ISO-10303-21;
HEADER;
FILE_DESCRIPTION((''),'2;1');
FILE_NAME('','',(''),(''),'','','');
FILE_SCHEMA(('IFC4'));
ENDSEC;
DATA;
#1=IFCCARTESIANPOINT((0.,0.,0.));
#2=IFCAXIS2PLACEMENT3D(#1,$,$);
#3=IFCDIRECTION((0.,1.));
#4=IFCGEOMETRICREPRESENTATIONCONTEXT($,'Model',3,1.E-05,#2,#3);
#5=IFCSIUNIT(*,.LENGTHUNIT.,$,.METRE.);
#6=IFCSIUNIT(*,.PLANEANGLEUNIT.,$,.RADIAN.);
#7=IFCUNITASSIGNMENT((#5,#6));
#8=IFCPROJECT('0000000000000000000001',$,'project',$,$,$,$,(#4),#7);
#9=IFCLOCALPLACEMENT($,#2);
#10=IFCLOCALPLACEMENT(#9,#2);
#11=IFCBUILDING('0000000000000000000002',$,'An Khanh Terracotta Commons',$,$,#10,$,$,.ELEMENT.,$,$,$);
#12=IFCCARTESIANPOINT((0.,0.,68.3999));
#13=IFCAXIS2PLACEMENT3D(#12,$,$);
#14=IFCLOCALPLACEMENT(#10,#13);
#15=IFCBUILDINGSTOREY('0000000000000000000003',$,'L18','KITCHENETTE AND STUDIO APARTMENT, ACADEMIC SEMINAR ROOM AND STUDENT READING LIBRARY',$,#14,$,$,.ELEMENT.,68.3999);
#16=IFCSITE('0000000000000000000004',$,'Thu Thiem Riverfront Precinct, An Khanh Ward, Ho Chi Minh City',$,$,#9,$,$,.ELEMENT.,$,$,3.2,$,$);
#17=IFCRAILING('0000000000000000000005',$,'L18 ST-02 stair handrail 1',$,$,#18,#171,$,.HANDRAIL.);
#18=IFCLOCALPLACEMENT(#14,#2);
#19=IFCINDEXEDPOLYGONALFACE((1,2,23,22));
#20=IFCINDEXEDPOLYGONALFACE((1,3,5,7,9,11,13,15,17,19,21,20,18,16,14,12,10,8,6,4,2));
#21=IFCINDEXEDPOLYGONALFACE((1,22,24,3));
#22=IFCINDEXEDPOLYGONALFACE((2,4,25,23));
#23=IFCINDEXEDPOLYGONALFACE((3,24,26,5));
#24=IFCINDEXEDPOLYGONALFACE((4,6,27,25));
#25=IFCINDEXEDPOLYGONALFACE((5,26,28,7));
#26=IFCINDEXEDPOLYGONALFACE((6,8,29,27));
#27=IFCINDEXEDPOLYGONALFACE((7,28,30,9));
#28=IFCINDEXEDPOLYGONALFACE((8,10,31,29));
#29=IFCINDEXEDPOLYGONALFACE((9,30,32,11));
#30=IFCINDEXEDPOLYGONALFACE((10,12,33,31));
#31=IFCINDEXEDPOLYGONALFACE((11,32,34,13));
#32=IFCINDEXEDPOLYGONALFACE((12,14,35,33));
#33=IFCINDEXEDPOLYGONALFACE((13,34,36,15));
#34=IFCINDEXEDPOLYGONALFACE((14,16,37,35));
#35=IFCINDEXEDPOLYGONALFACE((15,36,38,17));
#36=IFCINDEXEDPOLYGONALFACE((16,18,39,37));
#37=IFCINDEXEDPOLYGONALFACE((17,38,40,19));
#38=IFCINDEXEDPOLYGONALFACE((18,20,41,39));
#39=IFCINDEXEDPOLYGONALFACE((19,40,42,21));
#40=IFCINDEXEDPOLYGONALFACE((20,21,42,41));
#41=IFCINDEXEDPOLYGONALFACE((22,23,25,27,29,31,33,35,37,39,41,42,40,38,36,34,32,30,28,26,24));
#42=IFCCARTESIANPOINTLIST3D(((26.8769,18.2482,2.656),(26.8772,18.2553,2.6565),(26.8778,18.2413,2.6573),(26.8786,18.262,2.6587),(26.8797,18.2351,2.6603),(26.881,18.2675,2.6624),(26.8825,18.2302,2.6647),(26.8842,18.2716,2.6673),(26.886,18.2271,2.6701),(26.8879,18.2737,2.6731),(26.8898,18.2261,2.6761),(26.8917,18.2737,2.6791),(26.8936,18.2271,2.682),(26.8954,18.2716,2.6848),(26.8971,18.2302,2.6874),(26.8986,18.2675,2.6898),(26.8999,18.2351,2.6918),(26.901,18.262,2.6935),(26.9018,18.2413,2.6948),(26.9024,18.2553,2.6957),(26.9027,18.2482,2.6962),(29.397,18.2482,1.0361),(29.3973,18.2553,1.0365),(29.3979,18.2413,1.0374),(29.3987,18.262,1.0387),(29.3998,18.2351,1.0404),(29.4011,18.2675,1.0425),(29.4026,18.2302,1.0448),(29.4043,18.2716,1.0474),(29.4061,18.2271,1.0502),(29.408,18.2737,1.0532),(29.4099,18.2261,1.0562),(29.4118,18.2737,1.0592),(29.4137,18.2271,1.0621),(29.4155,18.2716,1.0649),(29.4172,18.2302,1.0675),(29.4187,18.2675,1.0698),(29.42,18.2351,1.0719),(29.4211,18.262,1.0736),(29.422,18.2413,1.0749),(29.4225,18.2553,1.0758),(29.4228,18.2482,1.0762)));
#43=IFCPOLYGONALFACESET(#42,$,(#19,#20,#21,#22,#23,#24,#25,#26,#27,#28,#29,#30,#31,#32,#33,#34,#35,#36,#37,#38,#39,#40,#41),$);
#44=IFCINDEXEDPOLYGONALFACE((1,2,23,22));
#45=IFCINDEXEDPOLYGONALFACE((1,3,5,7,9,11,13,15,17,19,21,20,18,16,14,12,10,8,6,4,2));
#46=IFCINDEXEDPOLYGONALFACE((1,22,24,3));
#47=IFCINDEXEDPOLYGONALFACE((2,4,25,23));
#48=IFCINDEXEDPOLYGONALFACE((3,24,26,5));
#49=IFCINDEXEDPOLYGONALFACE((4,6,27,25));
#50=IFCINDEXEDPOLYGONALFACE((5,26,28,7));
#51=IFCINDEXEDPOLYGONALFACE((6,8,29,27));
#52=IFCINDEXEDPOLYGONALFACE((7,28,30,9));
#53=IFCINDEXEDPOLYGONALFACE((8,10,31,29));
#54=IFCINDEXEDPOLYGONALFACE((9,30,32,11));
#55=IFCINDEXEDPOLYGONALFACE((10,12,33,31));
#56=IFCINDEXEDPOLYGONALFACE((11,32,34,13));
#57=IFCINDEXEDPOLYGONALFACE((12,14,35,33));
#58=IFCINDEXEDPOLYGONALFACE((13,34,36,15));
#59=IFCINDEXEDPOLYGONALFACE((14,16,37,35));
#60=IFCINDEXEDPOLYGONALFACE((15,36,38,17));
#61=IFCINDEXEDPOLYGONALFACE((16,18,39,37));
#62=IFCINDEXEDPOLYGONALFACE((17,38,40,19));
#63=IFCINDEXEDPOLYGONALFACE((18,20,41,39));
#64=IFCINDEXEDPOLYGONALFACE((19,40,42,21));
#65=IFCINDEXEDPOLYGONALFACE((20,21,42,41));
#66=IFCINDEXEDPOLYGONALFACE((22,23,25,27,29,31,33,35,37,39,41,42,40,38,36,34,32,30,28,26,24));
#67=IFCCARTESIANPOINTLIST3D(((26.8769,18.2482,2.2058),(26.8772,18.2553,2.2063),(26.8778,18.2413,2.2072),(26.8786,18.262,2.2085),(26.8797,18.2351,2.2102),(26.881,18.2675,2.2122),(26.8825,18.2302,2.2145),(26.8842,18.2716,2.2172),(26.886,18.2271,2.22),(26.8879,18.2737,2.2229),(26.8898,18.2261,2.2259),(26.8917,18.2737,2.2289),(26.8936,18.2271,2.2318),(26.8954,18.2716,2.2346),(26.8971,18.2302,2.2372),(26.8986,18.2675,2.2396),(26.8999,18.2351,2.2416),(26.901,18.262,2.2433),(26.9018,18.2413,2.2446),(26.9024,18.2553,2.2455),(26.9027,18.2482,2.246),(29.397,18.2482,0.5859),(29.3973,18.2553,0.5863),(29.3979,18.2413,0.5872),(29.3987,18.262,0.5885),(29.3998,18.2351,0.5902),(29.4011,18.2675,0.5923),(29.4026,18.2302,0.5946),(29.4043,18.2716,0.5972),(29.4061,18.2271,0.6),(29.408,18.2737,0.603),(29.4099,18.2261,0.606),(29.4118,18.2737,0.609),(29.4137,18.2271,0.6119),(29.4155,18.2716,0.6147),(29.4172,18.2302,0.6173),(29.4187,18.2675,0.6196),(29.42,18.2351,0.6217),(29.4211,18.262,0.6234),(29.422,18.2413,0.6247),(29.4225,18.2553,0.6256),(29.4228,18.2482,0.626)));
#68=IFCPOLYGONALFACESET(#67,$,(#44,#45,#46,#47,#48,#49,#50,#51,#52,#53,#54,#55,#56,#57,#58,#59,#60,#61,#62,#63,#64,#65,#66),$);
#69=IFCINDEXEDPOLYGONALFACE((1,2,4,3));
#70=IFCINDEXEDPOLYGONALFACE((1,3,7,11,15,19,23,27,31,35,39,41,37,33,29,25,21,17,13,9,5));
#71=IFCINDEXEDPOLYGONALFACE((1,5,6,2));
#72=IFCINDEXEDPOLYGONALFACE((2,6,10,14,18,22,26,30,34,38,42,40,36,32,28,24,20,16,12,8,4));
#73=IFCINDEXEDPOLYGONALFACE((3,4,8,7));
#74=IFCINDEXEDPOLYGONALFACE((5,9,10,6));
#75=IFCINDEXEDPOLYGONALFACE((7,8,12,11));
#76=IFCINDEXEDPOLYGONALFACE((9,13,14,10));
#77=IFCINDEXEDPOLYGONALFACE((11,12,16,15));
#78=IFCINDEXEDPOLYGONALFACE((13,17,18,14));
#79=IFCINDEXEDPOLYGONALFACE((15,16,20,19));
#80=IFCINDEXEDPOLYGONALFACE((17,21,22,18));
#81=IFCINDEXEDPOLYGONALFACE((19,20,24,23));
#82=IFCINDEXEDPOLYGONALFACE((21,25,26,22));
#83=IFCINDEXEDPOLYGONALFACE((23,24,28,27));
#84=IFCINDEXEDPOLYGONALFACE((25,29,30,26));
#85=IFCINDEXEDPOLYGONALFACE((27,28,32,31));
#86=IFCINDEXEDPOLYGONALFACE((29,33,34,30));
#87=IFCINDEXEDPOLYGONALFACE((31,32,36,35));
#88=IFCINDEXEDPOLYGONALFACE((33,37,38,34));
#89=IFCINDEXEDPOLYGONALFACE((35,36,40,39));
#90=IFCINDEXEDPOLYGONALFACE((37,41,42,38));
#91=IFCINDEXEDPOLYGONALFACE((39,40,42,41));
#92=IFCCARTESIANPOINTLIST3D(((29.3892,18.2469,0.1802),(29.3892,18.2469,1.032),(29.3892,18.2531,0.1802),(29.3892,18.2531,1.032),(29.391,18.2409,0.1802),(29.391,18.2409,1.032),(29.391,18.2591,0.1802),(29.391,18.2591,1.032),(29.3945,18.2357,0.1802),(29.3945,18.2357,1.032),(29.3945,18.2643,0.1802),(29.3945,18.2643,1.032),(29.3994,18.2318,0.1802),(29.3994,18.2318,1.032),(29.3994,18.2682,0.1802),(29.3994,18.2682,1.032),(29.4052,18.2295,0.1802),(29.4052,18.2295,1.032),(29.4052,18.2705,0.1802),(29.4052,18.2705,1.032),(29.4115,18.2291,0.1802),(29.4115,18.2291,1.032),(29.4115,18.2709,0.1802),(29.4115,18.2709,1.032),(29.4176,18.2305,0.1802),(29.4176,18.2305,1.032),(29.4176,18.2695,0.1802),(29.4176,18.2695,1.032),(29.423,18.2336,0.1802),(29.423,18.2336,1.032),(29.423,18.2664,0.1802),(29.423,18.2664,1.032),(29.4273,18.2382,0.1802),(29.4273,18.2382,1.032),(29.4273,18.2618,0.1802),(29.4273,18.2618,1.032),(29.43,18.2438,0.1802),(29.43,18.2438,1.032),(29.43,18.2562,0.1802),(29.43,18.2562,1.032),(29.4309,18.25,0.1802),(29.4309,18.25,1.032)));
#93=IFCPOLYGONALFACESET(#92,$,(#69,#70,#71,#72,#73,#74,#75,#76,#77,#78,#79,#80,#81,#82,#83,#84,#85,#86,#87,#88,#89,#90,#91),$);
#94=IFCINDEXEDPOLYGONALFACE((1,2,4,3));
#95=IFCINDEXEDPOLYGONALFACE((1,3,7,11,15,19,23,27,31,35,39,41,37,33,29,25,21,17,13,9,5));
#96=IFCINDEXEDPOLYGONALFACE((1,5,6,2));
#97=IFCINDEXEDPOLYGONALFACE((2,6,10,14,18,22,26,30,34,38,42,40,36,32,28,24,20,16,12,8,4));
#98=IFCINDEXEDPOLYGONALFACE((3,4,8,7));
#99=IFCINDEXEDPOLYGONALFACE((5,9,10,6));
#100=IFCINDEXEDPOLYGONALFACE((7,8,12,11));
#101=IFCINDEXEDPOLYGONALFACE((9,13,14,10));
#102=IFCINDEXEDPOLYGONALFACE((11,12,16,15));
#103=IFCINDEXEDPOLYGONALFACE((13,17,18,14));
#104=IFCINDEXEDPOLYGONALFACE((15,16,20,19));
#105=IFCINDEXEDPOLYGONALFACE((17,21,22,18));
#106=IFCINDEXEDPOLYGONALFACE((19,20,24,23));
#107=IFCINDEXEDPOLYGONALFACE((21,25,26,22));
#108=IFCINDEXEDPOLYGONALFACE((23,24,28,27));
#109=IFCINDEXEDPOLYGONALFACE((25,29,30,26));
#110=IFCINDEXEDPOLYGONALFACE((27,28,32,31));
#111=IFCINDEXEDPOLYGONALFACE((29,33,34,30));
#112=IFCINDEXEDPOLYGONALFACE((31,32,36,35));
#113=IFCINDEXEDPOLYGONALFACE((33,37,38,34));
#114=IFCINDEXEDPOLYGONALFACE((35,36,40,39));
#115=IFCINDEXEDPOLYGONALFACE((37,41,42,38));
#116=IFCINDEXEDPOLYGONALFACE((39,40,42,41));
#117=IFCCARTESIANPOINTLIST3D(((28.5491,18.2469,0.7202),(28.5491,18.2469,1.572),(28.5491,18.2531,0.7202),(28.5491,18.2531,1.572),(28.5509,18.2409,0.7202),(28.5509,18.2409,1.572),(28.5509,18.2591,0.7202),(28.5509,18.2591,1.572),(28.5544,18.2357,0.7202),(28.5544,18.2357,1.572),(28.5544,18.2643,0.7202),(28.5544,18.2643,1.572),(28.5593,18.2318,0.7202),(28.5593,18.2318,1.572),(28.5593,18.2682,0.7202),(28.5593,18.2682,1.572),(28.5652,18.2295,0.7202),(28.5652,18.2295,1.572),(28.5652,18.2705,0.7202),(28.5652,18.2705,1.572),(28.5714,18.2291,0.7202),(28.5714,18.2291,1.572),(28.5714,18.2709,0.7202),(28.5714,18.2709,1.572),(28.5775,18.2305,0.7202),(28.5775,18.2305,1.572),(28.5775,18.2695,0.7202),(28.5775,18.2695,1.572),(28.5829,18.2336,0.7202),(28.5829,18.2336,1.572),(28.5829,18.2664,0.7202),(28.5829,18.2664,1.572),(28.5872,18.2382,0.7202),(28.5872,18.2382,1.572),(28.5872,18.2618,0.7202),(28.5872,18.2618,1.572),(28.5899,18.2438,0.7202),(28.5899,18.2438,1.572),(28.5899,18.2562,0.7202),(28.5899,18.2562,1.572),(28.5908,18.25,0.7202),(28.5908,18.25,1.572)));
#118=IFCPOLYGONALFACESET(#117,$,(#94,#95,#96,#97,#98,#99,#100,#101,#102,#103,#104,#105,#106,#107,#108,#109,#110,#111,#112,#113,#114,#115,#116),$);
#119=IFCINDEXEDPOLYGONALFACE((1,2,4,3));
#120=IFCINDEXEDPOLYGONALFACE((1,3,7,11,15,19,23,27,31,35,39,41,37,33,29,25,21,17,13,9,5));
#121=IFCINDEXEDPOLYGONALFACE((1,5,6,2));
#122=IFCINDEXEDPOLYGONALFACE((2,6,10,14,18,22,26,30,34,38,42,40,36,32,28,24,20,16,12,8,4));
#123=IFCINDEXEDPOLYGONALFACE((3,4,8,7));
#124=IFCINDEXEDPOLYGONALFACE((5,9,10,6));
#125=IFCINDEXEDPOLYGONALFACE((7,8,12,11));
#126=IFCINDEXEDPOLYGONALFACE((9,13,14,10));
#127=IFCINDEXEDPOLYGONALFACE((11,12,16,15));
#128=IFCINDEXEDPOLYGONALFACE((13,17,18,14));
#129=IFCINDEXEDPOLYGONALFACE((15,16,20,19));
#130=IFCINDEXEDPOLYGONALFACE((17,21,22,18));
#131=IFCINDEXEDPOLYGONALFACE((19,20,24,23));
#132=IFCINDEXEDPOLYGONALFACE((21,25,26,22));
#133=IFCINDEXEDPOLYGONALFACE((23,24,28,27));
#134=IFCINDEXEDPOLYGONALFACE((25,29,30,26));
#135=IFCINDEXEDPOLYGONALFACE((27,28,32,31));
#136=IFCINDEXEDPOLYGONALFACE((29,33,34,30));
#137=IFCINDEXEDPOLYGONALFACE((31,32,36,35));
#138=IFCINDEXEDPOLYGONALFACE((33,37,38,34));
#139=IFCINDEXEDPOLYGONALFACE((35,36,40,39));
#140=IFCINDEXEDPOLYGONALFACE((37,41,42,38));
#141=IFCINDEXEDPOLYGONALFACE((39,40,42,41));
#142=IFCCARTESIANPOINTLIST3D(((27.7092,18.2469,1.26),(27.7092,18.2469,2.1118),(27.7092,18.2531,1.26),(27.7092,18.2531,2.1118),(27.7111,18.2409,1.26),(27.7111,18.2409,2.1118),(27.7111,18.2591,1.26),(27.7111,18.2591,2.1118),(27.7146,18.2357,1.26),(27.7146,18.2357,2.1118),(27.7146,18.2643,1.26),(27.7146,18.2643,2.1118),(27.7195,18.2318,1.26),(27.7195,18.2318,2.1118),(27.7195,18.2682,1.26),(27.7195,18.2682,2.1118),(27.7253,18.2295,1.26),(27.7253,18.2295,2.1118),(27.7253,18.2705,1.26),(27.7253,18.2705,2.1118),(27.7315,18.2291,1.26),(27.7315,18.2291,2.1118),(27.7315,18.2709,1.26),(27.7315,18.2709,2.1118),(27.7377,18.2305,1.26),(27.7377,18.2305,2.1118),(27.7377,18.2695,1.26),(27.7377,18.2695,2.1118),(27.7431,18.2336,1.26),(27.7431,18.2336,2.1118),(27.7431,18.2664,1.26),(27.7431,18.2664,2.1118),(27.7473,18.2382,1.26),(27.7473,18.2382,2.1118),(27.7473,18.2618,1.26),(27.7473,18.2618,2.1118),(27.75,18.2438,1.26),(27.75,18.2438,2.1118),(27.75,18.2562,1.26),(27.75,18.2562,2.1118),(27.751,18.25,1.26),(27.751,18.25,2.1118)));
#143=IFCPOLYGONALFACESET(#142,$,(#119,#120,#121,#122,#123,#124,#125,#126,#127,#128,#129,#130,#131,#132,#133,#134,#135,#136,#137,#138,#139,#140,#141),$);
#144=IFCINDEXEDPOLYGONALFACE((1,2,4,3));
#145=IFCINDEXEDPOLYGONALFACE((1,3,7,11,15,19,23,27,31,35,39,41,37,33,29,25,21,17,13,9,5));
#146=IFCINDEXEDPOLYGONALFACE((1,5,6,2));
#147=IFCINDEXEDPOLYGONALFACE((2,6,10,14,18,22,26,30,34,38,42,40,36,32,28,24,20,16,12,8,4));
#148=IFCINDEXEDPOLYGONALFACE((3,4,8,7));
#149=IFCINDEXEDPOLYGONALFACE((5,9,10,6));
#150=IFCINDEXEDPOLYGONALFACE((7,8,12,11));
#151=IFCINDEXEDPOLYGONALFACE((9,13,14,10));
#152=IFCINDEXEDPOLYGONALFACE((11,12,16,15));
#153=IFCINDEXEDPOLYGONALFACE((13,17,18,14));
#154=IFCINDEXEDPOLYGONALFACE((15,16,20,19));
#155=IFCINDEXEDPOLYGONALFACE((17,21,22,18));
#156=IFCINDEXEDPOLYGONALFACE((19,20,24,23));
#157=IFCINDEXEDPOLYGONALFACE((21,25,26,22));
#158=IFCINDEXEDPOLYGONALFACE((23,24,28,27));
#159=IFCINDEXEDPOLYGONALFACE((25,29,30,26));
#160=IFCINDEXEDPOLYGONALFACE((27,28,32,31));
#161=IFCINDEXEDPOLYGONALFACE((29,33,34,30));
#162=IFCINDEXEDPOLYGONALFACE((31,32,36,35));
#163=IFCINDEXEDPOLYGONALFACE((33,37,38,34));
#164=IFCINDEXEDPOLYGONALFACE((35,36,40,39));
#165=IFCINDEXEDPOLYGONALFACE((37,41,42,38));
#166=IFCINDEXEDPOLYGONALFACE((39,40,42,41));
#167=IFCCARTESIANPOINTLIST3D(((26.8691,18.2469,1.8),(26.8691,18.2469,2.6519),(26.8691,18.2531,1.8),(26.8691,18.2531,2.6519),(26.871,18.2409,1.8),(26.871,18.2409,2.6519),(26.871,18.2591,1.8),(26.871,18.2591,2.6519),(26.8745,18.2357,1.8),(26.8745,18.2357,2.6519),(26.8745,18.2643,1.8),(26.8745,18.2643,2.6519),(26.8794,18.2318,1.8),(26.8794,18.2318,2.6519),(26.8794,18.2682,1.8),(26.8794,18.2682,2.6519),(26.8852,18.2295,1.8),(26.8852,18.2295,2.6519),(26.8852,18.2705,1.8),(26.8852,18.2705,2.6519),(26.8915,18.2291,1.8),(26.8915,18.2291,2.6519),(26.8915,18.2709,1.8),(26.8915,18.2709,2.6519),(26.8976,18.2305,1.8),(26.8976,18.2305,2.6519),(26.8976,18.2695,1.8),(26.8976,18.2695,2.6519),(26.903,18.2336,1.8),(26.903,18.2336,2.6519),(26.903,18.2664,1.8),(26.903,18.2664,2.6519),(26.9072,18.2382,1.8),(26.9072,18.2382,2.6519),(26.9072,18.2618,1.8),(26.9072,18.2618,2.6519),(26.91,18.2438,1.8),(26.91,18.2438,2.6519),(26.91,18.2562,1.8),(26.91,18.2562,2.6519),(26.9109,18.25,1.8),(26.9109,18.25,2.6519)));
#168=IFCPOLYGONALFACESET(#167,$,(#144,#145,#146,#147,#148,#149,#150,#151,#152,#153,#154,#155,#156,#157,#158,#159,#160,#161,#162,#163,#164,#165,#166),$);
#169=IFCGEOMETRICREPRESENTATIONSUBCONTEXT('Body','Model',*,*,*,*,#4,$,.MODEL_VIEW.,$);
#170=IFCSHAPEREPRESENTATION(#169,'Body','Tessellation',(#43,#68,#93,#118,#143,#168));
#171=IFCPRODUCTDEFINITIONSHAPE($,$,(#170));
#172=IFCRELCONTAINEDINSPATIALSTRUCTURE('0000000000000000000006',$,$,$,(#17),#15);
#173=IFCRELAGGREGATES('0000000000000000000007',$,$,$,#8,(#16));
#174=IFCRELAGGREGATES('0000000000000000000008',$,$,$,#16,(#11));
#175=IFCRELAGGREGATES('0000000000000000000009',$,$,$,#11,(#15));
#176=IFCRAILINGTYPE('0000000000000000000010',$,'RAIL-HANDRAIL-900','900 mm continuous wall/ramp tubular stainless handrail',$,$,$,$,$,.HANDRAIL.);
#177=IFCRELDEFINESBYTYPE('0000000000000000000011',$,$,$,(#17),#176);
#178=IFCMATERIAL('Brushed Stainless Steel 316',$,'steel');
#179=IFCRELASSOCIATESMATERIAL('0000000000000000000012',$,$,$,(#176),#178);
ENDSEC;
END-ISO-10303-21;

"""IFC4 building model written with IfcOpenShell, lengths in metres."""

from ifc_helpers import new_model, si_unit, direction, frame, origin, origin_2d, place, context, subcontext, project, spatial, circle, extrude, material, type_object, element, save


model = new_model("IFC4")

# Units and contexts
model_context = context("Model", 3, precision=1e-05, world=origin(), true_north=direction((0.0, 1.0)))
body_context = subcontext(model_context, "Body", "Model", "MODEL_VIEW")
ifc_project = project(units=[si_unit("LENGTHUNIT", "METRE"), si_unit("PLANEANGLEUNIT", "RADIAN")], contexts=[model_context])

# Site, building, storey
site_placement = place(None, origin())
site = spatial("IfcSite", under=ifc_project, at=site_placement, Name="Thu Thiem Riverfront Precinct, An Khanh Ward, Ho Chi Minh City", CompositionType="ELEMENT", RefElevation=3.2)
building_placement = place(site_placement, origin())
building = spatial("IfcBuilding", under=site, at=building_placement, Name="An Khanh Terracotta Commons", CompositionType="ELEMENT")
storey_placement = place(building_placement, frame((0.0, 0.0, 68.3999)))
storey = spatial("IfcBuildingStorey", under=building, at=storey_placement, Name="L18", Description="KITCHENETTE AND STUDIO APARTMENT, ACADEMIC SEMINAR ROOM AND STUDENT READING LIBRARY", CompositionType="ELEMENT", Elevation=68.3999)

# Railing
ifc_material_1 = material(Name="Brushed Stainless Steel 316", Category="steel")
railing_type_1 = type_object("IfcRailingType", Name="RAIL-HANDRAIL-900", Description="900 mm continuous wall/ramp tubular stainless handrail", PredefinedType="HANDRAIL", material=ifc_material_1)
railing_1_placement = place(storey_placement, frame((29.4099, 18.25, 0.1802)))
element("IfcRailing", 1, at=railing_1_placement, inside=storey, type_object=railing_type_1, Name="L18 ST-02 stair handrail 1", PredefinedType="HANDRAIL", context=body_context, shape_type="SweptSolid", body=[
    extrude(circle(Radius=0.0239, at=origin_2d()), frame((0.0, 0.0, 0.876), z_axis=(-0.8412, 0.0, 0.540725), x_axis=(0.0, -1.0, 0.0)), (0.0, 0.0, 1.0), 2.9958),
    extrude(circle(Radius=0.0239, at=origin_2d()), frame((0.0, 0.0, 0.4258), z_axis=(-0.8412, 0.0, 0.540725), x_axis=(0.0, -1.0, 0.0)), (0.0, 0.0, 1.0), 2.9958),
    extrude(circle(Radius=0.021, at=origin_2d()), origin(), (0.0, 0.0, 1.0), 0.8518),
    extrude(circle(Radius=0.021, at=origin_2d()), frame((-0.8401, 0.0, 0.54)), (0.0, 0.0, 1.0), 0.8518),
    extrude(circle(Radius=0.021, at=origin_2d()), frame((-1.6799, 0.0, 1.0798)), (0.0, 0.0, 1.0), 0.8518),
    extrude(circle(Radius=0.021, at=origin_2d()), frame((-2.52, 0.0, 1.6199)), (0.0, 0.0, 1.0), 0.8518),
])

save(model, "model.ifc")
